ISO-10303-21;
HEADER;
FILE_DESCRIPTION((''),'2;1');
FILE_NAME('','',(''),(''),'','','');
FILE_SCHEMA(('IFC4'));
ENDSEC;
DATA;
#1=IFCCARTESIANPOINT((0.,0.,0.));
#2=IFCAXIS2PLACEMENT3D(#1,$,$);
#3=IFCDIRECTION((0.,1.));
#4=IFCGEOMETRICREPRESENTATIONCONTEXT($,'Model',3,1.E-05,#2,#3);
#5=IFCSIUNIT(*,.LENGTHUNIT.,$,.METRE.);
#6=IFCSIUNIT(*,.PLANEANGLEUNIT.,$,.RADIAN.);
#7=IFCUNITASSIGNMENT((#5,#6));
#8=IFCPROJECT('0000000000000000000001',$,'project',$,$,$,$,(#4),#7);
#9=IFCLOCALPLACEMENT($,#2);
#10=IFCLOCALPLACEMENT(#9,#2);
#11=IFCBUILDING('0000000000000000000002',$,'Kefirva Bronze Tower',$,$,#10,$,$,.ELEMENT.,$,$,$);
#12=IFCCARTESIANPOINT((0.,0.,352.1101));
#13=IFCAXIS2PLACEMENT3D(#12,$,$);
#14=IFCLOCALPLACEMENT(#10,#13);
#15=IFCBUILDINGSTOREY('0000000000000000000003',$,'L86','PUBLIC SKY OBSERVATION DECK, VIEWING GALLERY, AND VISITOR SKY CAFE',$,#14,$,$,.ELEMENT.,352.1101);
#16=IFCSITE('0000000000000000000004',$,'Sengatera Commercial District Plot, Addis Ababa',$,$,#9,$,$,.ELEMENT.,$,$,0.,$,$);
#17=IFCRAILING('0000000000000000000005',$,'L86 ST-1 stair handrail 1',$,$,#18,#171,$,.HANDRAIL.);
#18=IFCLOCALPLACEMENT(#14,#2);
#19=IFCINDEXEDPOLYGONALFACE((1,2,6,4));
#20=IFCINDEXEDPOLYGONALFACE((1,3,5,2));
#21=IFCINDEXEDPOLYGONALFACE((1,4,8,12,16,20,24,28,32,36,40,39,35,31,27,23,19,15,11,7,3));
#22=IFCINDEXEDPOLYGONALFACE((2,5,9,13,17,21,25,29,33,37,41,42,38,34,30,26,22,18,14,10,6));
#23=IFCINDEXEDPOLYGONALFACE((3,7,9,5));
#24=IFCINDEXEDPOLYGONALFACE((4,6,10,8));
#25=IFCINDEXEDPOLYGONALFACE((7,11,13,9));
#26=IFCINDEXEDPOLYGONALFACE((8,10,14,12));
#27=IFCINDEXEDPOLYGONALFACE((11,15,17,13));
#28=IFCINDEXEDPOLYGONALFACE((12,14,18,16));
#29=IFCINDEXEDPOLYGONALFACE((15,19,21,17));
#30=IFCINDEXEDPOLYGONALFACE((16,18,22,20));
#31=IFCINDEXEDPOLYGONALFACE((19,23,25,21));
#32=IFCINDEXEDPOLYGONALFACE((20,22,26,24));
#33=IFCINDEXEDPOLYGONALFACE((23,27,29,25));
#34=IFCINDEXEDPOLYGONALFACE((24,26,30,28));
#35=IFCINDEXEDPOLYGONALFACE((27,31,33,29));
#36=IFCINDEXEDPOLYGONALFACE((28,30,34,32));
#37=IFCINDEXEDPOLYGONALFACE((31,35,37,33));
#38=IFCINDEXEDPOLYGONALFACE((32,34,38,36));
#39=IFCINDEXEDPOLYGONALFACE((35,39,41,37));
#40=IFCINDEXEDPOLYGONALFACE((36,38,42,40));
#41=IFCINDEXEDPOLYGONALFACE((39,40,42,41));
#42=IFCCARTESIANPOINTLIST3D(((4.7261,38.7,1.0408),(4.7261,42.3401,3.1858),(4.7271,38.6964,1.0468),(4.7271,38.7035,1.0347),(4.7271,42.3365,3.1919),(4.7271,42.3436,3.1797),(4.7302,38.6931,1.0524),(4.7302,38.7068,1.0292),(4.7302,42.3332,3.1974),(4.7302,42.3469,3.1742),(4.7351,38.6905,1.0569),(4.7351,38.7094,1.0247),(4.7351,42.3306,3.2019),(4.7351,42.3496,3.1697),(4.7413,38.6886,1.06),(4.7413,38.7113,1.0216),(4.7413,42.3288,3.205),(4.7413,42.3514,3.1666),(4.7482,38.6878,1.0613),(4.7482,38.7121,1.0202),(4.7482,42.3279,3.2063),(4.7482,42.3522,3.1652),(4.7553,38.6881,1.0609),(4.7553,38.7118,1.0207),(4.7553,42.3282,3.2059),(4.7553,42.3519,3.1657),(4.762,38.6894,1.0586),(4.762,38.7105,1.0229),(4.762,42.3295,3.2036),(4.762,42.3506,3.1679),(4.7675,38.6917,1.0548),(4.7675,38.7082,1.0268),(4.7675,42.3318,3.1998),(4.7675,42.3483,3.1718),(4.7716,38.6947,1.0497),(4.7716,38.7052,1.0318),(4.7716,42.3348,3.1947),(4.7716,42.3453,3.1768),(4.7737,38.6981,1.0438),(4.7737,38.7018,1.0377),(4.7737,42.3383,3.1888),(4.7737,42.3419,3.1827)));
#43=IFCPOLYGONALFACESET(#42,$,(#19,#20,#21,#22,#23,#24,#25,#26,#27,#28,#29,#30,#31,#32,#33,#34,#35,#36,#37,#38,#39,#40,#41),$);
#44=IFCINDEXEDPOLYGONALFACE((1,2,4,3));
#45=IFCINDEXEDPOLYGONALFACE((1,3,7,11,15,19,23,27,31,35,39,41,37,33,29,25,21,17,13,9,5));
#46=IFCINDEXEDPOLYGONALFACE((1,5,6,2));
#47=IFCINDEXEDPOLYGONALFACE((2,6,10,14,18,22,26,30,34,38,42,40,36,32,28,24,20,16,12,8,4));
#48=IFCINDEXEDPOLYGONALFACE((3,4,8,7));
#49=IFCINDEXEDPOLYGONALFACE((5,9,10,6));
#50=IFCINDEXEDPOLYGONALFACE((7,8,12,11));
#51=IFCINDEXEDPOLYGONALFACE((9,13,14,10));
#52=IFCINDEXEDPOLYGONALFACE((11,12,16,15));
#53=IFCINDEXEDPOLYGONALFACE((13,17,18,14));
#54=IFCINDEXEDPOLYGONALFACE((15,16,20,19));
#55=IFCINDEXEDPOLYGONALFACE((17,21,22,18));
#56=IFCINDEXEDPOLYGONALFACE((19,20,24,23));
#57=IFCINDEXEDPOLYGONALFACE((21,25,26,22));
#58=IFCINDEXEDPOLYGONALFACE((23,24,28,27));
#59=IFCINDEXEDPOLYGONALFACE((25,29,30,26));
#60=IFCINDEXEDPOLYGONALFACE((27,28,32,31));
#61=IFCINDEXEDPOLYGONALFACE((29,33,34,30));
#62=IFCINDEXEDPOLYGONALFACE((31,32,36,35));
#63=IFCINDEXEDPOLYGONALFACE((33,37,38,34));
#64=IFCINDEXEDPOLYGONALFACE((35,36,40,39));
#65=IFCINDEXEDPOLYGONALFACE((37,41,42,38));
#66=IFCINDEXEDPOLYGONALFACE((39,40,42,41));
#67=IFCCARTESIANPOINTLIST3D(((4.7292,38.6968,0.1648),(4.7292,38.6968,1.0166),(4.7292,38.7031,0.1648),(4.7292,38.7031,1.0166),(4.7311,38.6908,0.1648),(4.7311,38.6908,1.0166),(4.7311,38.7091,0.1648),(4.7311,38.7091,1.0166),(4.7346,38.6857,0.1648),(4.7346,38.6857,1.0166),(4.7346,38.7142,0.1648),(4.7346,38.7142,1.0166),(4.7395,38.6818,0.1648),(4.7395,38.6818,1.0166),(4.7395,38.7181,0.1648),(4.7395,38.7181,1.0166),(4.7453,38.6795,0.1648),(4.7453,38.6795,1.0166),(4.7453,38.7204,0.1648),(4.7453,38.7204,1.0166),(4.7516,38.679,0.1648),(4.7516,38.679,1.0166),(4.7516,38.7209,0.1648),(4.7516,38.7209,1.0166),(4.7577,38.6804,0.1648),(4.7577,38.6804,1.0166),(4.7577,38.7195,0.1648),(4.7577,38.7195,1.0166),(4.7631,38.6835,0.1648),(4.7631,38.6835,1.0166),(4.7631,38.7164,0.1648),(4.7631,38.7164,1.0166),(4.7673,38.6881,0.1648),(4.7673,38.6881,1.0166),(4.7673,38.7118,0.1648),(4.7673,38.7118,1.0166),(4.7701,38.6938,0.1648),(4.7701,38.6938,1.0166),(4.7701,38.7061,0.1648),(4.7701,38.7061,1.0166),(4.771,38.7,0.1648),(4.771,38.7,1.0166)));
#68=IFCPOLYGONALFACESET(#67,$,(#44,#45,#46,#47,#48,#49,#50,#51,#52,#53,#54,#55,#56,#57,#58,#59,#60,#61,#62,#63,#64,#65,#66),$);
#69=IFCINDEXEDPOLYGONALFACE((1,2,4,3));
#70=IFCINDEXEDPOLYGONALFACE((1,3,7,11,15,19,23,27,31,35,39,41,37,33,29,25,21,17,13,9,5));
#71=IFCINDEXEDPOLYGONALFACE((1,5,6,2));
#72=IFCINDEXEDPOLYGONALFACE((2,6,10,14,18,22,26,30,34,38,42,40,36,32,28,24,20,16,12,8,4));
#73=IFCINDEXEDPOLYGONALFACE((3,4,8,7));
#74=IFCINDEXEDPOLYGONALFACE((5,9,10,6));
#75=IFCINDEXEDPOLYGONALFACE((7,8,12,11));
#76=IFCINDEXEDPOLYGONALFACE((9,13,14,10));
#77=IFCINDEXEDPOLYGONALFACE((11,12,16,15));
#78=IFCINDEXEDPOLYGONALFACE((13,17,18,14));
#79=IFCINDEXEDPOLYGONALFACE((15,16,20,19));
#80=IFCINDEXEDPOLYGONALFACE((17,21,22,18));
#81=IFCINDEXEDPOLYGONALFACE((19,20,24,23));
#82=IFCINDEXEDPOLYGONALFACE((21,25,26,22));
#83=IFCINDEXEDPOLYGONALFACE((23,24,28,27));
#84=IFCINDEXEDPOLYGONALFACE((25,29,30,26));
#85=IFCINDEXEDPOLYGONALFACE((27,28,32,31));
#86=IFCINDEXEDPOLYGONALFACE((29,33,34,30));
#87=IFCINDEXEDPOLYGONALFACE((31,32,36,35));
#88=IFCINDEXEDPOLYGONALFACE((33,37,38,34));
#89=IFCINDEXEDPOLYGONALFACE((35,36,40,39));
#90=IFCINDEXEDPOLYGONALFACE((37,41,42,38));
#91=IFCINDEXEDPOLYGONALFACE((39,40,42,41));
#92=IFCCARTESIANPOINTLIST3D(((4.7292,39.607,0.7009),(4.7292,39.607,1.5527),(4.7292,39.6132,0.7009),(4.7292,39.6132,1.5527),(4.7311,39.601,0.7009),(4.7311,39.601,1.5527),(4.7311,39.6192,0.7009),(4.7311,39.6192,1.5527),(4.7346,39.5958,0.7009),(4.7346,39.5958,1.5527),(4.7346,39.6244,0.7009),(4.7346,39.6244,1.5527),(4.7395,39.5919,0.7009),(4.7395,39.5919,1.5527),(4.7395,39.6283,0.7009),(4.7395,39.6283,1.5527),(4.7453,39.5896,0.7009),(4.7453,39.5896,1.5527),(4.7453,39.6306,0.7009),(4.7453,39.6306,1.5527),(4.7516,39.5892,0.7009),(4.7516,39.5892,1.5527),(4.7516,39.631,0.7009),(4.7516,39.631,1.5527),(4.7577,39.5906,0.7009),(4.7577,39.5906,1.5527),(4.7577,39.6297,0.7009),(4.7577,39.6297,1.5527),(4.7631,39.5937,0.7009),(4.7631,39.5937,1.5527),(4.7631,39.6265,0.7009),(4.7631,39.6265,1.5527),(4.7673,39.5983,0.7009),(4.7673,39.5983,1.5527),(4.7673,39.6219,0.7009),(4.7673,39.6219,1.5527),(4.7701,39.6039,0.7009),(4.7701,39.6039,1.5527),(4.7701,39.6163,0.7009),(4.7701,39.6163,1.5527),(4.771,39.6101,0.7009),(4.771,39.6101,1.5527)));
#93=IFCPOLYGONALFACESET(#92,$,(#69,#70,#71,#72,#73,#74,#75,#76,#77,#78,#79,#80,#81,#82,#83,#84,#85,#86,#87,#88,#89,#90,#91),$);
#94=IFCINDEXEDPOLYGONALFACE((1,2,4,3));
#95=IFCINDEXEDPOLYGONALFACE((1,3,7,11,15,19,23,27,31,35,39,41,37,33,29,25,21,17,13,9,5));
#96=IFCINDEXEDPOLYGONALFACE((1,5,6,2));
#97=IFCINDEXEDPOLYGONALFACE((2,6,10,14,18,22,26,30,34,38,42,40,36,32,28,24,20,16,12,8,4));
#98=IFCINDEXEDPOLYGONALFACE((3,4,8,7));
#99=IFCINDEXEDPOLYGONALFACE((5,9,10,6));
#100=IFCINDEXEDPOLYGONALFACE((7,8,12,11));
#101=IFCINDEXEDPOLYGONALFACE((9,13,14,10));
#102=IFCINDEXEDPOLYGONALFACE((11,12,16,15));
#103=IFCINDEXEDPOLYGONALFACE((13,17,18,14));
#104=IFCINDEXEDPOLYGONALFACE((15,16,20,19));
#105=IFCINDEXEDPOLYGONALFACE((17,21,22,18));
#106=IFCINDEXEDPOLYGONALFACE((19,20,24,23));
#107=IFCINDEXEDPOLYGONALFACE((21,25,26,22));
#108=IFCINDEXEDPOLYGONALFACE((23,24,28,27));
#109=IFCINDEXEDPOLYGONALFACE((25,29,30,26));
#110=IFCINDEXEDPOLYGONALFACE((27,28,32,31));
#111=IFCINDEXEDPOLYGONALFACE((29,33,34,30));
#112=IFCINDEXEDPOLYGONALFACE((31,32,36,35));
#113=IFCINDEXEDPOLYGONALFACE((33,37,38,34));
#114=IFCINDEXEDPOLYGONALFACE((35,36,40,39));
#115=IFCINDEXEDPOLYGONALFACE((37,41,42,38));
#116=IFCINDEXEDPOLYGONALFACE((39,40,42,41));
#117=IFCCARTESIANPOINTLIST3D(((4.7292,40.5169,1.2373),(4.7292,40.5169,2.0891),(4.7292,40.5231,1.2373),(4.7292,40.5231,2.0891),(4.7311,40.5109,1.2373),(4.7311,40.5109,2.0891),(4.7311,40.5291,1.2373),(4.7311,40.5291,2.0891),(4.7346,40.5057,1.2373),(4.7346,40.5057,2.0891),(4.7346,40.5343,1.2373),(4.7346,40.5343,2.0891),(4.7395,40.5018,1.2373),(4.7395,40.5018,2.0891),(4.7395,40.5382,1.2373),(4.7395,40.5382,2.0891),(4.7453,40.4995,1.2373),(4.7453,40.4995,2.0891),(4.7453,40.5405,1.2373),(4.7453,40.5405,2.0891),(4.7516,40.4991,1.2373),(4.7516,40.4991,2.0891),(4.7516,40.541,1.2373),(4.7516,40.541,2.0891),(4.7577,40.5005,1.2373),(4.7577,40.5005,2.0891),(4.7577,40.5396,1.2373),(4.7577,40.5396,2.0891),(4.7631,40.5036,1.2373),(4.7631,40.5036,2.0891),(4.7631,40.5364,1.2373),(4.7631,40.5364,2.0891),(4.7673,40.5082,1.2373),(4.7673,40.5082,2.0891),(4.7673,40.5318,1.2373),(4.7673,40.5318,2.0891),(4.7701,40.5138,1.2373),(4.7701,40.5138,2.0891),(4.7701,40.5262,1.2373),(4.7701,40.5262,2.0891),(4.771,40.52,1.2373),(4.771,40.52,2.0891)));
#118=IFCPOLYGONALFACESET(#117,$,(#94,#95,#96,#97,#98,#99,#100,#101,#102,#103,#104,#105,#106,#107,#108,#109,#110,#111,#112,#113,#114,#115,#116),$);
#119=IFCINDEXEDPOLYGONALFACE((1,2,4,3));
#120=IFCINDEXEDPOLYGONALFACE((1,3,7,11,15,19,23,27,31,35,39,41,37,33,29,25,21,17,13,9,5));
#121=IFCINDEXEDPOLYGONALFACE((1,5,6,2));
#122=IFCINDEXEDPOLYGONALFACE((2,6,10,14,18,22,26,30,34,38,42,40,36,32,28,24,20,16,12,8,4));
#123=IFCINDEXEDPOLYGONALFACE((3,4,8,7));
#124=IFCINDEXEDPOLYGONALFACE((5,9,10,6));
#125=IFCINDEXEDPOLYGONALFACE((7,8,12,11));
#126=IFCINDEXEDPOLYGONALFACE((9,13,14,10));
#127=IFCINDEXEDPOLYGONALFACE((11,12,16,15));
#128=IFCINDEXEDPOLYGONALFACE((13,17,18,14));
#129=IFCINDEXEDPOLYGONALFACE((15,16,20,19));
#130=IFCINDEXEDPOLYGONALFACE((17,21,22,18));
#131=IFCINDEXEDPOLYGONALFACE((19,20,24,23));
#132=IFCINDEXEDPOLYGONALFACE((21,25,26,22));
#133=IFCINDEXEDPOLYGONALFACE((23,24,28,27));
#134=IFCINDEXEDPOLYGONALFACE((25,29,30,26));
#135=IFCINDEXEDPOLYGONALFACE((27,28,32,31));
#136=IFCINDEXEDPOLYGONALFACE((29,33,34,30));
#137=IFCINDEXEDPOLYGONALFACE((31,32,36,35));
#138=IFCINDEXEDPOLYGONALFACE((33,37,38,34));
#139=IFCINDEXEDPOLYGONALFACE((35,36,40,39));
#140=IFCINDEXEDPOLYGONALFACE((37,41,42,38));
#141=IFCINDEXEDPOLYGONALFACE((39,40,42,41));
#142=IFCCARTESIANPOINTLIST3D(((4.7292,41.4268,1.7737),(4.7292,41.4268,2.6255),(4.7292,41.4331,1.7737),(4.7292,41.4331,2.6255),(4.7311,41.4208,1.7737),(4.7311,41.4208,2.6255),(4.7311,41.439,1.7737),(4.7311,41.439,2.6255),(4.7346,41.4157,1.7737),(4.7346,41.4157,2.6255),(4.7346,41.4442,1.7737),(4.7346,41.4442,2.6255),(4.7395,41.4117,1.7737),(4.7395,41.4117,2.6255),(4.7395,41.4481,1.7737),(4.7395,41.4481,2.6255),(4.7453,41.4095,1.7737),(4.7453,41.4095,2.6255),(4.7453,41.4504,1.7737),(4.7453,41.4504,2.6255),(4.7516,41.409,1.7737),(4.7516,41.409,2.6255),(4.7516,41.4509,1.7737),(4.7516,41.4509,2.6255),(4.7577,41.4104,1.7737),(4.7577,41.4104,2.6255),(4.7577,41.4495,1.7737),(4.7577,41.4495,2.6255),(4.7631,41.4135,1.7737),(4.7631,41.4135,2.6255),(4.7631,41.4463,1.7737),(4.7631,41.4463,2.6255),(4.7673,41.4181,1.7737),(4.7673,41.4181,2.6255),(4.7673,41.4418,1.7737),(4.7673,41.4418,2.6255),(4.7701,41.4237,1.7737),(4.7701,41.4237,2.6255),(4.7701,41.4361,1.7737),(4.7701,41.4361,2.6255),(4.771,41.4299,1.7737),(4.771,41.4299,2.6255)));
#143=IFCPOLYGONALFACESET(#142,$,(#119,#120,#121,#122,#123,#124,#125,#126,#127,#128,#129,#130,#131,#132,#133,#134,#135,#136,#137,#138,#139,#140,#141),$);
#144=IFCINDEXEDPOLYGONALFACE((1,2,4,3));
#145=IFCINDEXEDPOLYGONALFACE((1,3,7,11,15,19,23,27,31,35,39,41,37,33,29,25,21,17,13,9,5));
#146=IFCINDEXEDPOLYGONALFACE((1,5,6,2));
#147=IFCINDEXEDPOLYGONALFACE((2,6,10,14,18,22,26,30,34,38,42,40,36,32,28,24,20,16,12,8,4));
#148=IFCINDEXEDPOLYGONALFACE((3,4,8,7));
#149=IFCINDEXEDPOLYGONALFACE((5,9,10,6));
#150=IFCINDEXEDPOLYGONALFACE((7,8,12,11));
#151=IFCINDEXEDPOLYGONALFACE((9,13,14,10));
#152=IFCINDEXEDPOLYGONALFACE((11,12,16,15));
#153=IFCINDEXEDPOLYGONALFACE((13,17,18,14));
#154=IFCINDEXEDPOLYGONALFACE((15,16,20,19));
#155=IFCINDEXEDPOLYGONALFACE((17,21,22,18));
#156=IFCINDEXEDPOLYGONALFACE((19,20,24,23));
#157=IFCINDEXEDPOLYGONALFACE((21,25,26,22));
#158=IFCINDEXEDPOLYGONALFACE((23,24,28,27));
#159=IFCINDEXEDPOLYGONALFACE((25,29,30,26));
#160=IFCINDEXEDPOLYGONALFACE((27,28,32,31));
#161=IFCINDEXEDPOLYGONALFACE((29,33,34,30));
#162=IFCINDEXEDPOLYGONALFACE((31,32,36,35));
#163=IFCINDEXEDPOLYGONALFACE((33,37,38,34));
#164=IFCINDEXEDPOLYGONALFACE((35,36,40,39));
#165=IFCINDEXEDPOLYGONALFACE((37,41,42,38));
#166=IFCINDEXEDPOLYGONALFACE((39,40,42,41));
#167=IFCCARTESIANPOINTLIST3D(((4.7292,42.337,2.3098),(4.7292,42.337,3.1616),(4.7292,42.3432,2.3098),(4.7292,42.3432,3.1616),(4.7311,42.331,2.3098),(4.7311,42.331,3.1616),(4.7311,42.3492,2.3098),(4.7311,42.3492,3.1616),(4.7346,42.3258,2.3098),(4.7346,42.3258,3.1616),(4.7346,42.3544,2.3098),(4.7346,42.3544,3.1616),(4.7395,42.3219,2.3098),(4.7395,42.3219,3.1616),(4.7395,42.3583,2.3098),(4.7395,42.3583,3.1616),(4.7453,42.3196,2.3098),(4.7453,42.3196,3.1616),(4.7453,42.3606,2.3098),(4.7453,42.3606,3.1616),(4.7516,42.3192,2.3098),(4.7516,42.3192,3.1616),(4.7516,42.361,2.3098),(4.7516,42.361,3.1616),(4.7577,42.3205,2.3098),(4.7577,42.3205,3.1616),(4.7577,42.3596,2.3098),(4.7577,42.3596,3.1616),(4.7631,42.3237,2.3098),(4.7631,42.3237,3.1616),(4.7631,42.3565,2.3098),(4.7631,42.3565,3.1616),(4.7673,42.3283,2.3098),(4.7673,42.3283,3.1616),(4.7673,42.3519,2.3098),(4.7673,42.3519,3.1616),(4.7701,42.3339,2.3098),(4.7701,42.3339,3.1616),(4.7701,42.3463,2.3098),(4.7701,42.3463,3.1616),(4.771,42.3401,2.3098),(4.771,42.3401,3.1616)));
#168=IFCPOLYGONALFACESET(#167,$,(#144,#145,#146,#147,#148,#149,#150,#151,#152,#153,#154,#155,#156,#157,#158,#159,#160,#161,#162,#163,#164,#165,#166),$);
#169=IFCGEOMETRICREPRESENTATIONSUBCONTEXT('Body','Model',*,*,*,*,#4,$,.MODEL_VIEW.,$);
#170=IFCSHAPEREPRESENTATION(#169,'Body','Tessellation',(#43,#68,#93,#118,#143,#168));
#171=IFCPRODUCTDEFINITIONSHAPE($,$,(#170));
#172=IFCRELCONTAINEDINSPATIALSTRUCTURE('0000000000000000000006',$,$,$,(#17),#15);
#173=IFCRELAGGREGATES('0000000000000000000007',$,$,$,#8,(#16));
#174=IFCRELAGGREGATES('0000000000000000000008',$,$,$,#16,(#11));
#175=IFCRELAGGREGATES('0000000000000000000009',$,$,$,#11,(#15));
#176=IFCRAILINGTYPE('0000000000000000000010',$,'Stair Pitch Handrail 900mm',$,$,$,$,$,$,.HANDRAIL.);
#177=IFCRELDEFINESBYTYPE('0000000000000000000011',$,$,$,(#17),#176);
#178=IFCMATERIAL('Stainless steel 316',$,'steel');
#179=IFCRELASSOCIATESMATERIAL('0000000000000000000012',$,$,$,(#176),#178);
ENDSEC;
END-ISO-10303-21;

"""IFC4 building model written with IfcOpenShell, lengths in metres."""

from ifc_helpers import new_model, si_unit, direction, frame, origin, origin_2d, place, context, subcontext, project, spatial, circle, extrude, material, type_object, element, save


model = new_model("IFC4")

# Units and contexts
model_context = context("Model", 3, precision=1e-05, world=origin(), true_north=direction((0.0, 1.0)))
body_context = subcontext(model_context, "Body", "Model", "MODEL_VIEW")
ifc_project = project(units=[si_unit("LENGTHUNIT", "METRE"), si_unit("PLANEANGLEUNIT", "RADIAN")], contexts=[model_context])

# Site, building, storey
site_placement = place(None, origin())
site = spatial("IfcSite", under=ifc_project, at=site_placement, Name="Sengatera Commercial District Plot, Addis Ababa", CompositionType="ELEMENT", RefElevation=0.0)
building_placement = place(site_placement, origin())
building = spatial("IfcBuilding", under=site, at=building_placement, Name="Kefirva Bronze Tower", CompositionType="ELEMENT")
storey_placement = place(building_placement, frame((0.0, 0.0, 352.1101)))
storey = spatial("IfcBuildingStorey", under=building, at=storey_placement, Name="L86", Description="PUBLIC SKY OBSERVATION DECK, VIEWING GALLERY, AND VISITOR SKY CAFE", CompositionType="ELEMENT", Elevation=352.1101)

# Railing
ifc_material_1 = material(Name="Stainless steel 316", Category="steel")
railing_type_1 = type_object("IfcRailingType", Name="Stair Pitch Handrail 900mm", PredefinedType="HANDRAIL", material=ifc_material_1)
railing_1_placement = place(storey_placement, frame((4.75, 38.7, 0.1648)))
element("IfcRailing", 1, at=railing_1_placement, inside=storey, type_object=railing_type_1, Name="L86 ST-1 stair handrail 1", PredefinedType="HANDRAIL", context=body_context, shape_type="SweptSolid", body=[
    extrude(circle(Radius=0.0239, at=origin_2d()), frame((0.0, 0.0, 0.876), z_axis=(0.0, 0.861545, 0.507682), x_axis=(-1.0, 0.0, 0.0)), (0.0, 0.0, 1.0), 4.2251),
    extrude(circle(Radius=0.021, at=origin_2d()), origin(), (0.0, 0.0, 1.0), 0.8518),
    extrude(circle(Radius=0.021, at=origin_2d()), frame((0.0, 0.9102, 0.5361)), (0.0, 0.0, 1.0), 0.8518),
    extrude(circle(Radius=0.021, at=origin_2d()), frame((0.0, 1.8201, 1.0725)), (0.0, 0.0, 1.0), 0.8518),
    extrude(circle(Radius=0.021, at=origin_2d()), frame((0.0, 2.73, 1.6089)), (0.0, 0.0, 1.0), 0.8518),
    extrude(circle(Radius=0.021, at=origin_2d()), frame((0.0, 3.6401, 2.145)), (0.0, 0.0, 1.0), 0.8518),
])

save(model, "model.ifc")
